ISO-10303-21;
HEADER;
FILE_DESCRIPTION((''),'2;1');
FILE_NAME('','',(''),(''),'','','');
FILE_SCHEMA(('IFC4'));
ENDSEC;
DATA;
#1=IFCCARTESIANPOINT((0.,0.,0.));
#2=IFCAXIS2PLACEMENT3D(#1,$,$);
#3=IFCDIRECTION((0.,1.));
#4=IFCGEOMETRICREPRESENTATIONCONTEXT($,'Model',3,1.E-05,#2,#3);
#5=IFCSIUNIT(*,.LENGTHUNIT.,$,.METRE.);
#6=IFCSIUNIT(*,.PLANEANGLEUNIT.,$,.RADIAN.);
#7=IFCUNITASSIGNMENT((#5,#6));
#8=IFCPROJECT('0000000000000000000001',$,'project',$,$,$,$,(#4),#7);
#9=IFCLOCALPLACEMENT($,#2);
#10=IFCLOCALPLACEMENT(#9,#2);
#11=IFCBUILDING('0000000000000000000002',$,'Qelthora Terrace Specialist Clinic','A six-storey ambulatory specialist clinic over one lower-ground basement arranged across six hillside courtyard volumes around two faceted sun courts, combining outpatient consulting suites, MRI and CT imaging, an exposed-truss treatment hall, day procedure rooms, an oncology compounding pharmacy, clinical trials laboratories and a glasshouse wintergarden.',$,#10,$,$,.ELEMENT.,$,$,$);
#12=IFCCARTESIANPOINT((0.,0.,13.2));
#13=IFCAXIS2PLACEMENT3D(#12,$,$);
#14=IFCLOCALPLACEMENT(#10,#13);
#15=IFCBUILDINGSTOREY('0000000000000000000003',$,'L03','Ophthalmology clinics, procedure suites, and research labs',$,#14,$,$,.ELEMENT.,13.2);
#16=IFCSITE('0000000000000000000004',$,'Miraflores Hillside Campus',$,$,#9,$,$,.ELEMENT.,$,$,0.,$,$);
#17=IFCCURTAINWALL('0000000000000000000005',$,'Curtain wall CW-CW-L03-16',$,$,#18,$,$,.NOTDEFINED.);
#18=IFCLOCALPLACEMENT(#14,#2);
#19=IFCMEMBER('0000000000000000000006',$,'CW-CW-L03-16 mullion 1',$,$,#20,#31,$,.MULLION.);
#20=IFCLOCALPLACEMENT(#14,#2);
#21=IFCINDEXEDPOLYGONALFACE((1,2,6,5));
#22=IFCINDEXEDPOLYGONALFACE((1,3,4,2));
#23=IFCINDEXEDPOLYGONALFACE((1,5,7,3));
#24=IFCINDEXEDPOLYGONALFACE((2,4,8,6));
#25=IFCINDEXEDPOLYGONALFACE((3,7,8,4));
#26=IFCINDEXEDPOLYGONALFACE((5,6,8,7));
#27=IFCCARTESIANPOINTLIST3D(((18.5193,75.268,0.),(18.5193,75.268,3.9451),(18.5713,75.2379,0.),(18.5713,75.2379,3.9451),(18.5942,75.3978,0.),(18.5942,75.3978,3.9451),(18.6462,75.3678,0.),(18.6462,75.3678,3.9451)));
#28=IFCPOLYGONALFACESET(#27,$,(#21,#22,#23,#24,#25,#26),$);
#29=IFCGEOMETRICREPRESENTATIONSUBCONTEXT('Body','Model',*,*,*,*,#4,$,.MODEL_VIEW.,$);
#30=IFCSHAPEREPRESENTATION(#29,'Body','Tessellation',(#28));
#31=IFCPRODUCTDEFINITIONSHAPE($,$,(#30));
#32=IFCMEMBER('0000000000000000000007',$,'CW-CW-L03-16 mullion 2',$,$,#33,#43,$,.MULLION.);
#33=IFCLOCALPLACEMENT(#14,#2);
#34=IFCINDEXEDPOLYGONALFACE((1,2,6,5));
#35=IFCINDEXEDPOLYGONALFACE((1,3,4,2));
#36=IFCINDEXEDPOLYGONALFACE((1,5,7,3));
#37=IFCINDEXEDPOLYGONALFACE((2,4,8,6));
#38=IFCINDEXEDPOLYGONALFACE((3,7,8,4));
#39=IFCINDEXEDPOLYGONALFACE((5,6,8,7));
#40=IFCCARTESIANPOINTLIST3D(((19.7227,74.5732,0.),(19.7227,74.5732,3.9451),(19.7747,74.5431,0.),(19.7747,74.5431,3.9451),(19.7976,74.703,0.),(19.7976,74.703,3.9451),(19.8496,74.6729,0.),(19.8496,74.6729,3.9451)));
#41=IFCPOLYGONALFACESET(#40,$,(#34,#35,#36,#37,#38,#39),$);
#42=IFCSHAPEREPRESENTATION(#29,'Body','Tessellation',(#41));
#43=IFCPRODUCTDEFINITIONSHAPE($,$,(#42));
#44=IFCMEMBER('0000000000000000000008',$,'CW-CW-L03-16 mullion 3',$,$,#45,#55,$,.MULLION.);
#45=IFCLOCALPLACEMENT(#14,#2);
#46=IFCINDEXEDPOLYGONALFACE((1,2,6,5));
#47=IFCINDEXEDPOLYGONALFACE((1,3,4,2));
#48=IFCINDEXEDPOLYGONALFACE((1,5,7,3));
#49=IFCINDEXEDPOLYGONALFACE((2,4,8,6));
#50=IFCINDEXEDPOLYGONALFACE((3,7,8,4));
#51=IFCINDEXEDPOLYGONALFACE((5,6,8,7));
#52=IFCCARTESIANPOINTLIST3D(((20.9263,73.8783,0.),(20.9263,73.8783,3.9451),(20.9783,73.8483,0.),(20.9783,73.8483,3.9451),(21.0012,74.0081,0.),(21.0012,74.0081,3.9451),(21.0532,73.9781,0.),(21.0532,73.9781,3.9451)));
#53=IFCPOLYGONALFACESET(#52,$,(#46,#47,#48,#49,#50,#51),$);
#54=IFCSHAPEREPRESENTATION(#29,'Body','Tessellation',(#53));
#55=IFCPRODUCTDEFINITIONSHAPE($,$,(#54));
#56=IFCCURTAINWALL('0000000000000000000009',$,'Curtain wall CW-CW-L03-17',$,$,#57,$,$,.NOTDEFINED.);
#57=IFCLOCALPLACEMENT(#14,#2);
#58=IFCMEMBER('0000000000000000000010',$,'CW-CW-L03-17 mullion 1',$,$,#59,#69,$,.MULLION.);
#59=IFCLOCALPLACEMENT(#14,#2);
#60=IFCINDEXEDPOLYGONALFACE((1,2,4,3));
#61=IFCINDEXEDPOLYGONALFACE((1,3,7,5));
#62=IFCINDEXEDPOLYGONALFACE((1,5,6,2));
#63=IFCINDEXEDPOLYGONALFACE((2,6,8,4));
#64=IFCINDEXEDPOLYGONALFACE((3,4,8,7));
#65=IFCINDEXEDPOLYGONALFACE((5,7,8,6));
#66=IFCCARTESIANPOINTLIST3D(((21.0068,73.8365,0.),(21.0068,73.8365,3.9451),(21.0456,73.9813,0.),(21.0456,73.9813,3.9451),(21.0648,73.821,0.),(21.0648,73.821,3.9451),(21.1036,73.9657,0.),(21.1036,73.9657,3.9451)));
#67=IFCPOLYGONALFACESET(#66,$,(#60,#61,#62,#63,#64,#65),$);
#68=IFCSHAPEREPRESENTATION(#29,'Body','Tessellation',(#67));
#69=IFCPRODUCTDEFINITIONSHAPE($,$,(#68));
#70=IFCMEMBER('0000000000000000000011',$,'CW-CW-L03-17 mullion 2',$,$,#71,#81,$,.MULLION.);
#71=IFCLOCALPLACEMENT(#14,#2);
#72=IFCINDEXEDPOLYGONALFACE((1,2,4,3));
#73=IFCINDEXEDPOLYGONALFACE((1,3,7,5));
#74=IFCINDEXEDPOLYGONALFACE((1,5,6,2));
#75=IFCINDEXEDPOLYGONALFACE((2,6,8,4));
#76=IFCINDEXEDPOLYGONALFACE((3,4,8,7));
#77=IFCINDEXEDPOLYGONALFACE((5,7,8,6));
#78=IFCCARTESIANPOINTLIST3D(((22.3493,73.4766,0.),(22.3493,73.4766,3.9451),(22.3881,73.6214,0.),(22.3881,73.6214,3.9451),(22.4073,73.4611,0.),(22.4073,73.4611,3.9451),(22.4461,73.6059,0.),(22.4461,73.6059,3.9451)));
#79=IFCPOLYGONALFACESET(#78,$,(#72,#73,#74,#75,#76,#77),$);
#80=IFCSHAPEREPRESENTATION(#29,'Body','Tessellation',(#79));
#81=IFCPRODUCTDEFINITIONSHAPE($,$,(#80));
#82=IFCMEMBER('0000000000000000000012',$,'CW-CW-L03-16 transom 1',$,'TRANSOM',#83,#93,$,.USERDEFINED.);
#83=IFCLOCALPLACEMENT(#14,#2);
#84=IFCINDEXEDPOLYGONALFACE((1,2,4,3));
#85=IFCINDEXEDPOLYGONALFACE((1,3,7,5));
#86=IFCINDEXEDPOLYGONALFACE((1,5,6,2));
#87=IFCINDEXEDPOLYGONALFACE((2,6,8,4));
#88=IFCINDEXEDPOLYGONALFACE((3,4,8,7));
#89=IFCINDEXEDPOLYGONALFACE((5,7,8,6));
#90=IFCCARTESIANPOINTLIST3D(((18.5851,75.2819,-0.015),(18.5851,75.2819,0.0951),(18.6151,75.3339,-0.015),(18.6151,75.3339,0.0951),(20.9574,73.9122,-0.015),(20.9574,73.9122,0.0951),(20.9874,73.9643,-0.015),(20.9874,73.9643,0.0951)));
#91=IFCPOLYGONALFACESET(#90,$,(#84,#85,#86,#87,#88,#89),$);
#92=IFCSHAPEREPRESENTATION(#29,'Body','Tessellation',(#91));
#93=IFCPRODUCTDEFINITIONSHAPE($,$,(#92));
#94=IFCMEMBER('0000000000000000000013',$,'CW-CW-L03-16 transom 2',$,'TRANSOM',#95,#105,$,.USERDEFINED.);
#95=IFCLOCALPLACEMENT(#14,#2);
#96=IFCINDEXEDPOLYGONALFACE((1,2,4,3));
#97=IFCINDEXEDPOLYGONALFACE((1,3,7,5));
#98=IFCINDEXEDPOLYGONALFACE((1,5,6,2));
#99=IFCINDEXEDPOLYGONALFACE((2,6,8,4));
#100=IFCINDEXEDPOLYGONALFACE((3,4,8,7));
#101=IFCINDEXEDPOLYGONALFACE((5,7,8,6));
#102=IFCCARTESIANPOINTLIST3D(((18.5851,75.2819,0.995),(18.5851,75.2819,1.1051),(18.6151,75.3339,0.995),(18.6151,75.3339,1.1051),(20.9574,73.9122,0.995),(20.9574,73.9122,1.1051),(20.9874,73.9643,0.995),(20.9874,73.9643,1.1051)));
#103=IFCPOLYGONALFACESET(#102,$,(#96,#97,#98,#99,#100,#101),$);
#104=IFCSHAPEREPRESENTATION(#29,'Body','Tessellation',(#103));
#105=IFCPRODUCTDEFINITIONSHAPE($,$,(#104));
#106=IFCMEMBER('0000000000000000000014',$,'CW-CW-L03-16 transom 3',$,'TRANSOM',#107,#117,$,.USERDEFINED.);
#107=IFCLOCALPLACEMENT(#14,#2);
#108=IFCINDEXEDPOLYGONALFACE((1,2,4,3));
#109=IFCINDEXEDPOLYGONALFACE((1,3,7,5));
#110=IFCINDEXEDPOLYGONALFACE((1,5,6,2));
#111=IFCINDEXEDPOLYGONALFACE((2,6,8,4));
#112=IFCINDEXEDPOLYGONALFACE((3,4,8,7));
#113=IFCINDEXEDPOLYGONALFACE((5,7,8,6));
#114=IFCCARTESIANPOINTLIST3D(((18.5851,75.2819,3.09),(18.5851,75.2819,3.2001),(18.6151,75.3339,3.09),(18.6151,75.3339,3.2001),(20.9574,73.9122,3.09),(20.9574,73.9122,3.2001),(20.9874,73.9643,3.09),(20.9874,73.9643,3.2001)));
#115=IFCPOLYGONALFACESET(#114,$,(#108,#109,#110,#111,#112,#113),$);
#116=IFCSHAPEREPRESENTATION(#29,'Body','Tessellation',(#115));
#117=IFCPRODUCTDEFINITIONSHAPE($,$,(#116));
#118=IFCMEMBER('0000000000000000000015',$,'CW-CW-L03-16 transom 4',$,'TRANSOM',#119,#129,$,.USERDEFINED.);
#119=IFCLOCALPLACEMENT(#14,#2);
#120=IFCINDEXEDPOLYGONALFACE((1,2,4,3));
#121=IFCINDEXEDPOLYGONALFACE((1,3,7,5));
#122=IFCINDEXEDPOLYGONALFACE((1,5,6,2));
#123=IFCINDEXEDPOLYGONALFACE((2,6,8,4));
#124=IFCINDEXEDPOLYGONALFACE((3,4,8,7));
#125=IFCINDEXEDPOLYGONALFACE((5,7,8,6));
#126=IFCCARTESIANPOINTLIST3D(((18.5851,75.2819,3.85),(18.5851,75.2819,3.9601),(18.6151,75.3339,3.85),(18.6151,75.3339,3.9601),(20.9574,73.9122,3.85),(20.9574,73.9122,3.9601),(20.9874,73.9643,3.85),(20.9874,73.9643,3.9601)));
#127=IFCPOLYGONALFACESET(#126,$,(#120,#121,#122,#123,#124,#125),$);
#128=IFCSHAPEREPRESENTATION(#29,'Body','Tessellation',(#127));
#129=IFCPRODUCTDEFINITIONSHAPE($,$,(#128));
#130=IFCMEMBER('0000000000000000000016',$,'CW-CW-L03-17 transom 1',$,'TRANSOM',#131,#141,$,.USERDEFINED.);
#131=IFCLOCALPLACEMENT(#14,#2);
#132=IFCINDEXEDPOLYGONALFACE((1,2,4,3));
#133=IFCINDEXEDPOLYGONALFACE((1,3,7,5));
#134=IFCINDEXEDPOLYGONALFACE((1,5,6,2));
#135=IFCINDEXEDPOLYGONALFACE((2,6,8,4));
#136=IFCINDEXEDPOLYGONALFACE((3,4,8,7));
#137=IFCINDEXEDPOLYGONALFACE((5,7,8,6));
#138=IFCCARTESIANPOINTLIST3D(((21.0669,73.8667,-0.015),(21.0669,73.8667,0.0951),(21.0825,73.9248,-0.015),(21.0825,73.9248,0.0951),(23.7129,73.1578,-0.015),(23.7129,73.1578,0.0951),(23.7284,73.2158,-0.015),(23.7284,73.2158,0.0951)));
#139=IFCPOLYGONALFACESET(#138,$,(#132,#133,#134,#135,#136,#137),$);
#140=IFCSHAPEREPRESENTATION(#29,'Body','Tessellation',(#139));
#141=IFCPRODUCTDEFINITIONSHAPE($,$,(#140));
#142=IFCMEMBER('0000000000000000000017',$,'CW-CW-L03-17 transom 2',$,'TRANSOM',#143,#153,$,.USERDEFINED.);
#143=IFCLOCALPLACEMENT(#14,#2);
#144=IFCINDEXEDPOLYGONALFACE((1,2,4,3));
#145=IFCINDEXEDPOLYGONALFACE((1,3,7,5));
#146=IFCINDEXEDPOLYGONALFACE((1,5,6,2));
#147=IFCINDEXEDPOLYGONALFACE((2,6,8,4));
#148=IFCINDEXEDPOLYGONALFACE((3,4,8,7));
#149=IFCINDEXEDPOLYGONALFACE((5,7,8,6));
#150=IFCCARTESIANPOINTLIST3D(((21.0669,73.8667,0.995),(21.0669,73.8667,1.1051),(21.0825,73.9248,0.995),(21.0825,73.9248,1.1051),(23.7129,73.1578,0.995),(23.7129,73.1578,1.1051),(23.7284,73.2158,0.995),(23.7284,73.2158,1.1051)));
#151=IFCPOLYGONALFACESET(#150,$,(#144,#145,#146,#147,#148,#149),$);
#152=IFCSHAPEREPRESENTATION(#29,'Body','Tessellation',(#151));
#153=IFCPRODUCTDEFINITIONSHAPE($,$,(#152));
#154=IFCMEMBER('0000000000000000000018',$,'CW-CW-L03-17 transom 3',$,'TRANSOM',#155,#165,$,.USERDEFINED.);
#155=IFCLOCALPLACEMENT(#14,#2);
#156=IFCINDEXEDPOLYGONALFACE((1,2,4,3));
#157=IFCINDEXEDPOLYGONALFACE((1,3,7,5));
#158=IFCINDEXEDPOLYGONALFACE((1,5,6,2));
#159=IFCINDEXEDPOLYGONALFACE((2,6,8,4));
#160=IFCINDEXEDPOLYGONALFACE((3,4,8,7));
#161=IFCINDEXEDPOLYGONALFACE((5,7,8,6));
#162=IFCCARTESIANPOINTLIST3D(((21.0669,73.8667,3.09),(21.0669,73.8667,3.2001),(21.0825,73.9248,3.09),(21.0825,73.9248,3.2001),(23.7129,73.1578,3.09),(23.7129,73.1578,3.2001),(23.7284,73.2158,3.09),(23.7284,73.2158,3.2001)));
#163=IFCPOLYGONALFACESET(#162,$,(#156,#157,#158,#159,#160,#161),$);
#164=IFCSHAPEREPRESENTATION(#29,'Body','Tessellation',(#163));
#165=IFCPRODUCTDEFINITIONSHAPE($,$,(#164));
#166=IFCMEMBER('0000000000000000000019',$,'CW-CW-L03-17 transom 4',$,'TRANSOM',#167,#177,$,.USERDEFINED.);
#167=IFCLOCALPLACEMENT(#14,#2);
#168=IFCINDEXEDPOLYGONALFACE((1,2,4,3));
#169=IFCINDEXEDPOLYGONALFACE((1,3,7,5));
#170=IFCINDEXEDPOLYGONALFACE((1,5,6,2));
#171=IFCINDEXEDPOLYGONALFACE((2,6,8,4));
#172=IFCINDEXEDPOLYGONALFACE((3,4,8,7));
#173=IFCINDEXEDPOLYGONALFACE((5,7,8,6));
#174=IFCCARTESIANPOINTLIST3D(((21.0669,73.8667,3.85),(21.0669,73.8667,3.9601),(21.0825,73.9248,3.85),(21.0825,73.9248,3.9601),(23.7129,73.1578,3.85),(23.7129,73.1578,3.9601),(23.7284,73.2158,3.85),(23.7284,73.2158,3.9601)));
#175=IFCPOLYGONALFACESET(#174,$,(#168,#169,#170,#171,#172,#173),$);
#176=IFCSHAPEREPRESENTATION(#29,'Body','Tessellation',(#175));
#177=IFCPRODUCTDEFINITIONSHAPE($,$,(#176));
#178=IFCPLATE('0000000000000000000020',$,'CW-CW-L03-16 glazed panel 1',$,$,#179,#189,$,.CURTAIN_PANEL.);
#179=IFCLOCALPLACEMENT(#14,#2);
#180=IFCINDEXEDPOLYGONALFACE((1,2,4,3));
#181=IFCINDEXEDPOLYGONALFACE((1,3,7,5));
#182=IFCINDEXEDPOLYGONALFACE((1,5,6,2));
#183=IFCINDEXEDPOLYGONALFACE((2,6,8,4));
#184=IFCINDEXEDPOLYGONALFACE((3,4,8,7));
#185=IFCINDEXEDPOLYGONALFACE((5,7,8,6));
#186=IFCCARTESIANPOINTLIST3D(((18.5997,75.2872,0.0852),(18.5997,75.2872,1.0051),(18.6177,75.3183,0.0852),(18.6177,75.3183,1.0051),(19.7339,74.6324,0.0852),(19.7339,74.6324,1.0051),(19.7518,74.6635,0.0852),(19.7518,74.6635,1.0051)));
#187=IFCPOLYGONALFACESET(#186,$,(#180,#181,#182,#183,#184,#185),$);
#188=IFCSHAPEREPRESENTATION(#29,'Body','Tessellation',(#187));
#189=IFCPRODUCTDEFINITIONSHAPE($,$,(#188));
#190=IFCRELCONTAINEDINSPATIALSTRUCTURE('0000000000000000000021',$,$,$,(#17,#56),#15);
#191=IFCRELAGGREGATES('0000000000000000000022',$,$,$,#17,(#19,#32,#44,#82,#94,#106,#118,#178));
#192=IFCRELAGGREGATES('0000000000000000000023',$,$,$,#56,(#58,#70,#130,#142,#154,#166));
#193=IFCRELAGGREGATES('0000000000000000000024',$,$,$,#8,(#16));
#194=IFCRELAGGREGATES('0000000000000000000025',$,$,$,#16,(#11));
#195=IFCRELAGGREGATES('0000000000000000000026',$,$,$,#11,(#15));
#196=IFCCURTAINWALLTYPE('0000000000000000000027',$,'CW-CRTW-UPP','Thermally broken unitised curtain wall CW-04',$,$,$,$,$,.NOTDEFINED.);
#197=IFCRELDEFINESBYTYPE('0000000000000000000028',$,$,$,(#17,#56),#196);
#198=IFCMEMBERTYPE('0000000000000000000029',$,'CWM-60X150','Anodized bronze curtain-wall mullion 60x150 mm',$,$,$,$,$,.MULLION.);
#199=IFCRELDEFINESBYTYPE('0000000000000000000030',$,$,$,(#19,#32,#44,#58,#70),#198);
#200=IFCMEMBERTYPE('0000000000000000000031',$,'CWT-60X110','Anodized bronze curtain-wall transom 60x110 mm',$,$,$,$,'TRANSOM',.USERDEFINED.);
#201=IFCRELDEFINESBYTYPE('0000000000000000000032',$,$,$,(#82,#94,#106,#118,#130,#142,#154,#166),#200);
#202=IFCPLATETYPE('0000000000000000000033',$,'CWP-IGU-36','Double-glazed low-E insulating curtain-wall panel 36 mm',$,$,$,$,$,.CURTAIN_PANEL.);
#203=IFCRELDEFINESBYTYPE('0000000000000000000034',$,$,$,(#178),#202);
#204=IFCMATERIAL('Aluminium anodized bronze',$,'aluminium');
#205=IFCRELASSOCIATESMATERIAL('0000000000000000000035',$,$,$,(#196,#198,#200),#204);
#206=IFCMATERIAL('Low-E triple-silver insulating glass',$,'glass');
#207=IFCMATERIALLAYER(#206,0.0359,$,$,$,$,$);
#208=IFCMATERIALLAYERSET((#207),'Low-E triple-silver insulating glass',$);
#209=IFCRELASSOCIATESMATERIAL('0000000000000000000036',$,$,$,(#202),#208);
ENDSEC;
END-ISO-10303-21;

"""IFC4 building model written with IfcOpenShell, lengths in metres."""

from ifc_helpers import new_model, si_unit, direction, frame, origin, origin_2d, place, context, subcontext, project, spatial, rectangle, extrude, material, layer, layer_set, material_profile, profile_set, type_object, element, aggregate, save


model = new_model("IFC4")

# Units and contexts
model_context = context("Model", 3, precision=1e-05, world=origin(), true_north=direction((0.0, 1.0)))
body_context = subcontext(model_context, "Body", "Model", "MODEL_VIEW")
ifc_project = project(units=[si_unit("LENGTHUNIT", "METRE"), si_unit("PLANEANGLEUNIT", "RADIAN")], contexts=[model_context])

# Site, building, storey
site_placement = place(None, origin())
site = spatial("IfcSite", under=ifc_project, at=site_placement, Name="Miraflores Hillside Campus", CompositionType="ELEMENT", RefElevation=0.0)
building_placement = place(site_placement, origin())
building = spatial("IfcBuilding", under=site, at=building_placement, Name="Qelthora Terrace Specialist Clinic", Description="A six-storey ambulatory specialist clinic over one lower-ground basement arranged across six hillside courtyard volumes around two faceted sun courts, combining outpatient consulting suites, MRI and CT imaging, an exposed-truss treatment hall, day procedure rooms, an oncology compounding pharmacy, clinical trials laboratories and a glasshouse wintergarden.", CompositionType="ELEMENT")
storey_placement = place(building_placement, frame((0.0, 0.0, 13.2)))
storey = spatial("IfcBuildingStorey", under=building, at=storey_placement, Name="L03", Description="Ophthalmology clinics, procedure suites, and research labs", CompositionType="ELEMENT", Elevation=13.2)

# Curtain walls, members
ifc_material_1 = material(Name="Aluminium anodized bronze", Category="aluminium")
curtain_wall_type = type_object("IfcCurtainWallType", Name="CW-CRTW-UPP", Description="Thermally broken unitised curtain wall CW-04", PredefinedType="NOTDEFINED", material=ifc_material_1)
curtain_wall_1_placement = place(storey_placement, origin())
curtain_wall_1 = element("IfcCurtainWall", 1, at=curtain_wall_1_placement, inside=storey, type_object=curtain_wall_type, Name="Curtain wall CW-CW-L03-16", PredefinedType="NOTDEFINED")
ifc_material_profile_1 = material_profile(ifc_material_1, rectangle(XDim=0.0601, YDim=0.1499, at=origin_2d()), Name="CWM60X150")
ifc_profile_set_1 = profile_set([ifc_material_profile_1], Name="Aluminium anodized bronze")
member_type_1 = type_object("IfcMemberType", Name="CWM-60X150", Description="Anodized bronze curtain-wall mullion 60x150 mm", PredefinedType="MULLION", material=ifc_profile_set_1)
member_1_placement = place(storey_placement, frame((18.5828, 75.3179, 0.0), z_axis=(0.0, 0.0, 1.0), x_axis=(0.866026, -0.5, 0.0)))
member_1 = element("IfcMember", 2, at=member_1_placement, type_object=member_type_1, Name="CW-CW-L03-16 mullion 1", PredefinedType="MULLION", context=body_context, shape_type="SweptSolid", body=[
    extrude(rectangle(XDim=0.0601, YDim=0.1499, at=origin_2d()), origin(), (0.0, 0.0, 1.0), 3.9451),
])
member_2_placement = place(storey_placement, frame((19.7861, 74.623, 0.0), z_axis=(0.0, 0.0, 1.0), x_axis=(0.866026, -0.5, 0.0)))
member_2 = element("IfcMember", 3, at=member_2_placement, type_object=member_type_1, Name="CW-CW-L03-16 mullion 2", PredefinedType="MULLION", context=body_context, shape_type="SweptSolid", body=[
    extrude(rectangle(XDim=0.0601, YDim=0.1499, at=origin_2d()), origin(), (0.0, 0.0, 1.0), 3.9451),
])
member_3_placement = place(storey_placement, frame((20.9897, 73.9282, 0.0), z_axis=(0.0, 0.0, 1.0), x_axis=(0.866026, -0.5, 0.0)))
member_3 = element("IfcMember", 4, at=member_3_placement, type_object=member_type_1, Name="CW-CW-L03-16 mullion 3", PredefinedType="MULLION", context=body_context, shape_type="SweptSolid", body=[
    extrude(rectangle(XDim=0.0601, YDim=0.1499, at=origin_2d()), origin(), (0.0, 0.0, 1.0), 3.9451),
])
curtain_wall_2_placement = place(storey_placement, origin())
curtain_wall_2 = element("IfcCurtainWall", 5, at=curtain_wall_2_placement, inside=storey, type_object=curtain_wall_type, Name="Curtain wall CW-CW-L03-17", PredefinedType="NOTDEFINED")
member_4_placement = place(storey_placement, frame((21.0552, 73.9011, 0.0), z_axis=(0.0, 0.0, 1.0), x_axis=(0.965925, -0.25882, 0.0)))
member_4 = element("IfcMember", 6, at=member_4_placement, type_object=member_type_1, Name="CW-CW-L03-17 mullion 1", PredefinedType="MULLION", context=body_context, shape_type="SweptSolid", body=[
    extrude(rectangle(XDim=0.0601, YDim=0.1499, at=origin_2d()), origin(), (0.0, 0.0, 1.0), 3.9451),
])
member_5_placement = place(storey_placement, frame((22.3977, 73.5413, 0.0), z_axis=(0.0, 0.0, 1.0), x_axis=(0.965925, -0.25882, 0.0)))
member_5 = element("IfcMember", 7, at=member_5_placement, type_object=member_type_1, Name="CW-CW-L03-17 mullion 2", PredefinedType="MULLION", context=body_context, shape_type="SweptSolid", body=[
    extrude(rectangle(XDim=0.0601, YDim=0.1499, at=origin_2d()), origin(), (0.0, 0.0, 1.0), 3.9451),
])

# Members
ifc_material_profile_2 = material_profile(ifc_material_1, rectangle(XDim=0.0601, YDim=0.1101, at=origin_2d()), Name="CWT60X110")
ifc_profile_set_2 = profile_set([ifc_material_profile_2], Name="Aluminium anodized bronze")
member_type_2 = type_object("IfcMemberType", Name="CWT-60X110", Description="Anodized bronze curtain-wall transom 60x110 mm", ElementType="TRANSOM", PredefinedType="USERDEFINED", material=ifc_profile_set_2)
member_6_placement = place(storey_placement, frame((18.6001, 75.3079, 0.04), z_axis=(0.86603, -0.499992, 0.0), x_axis=(0.499992, 0.86603, 0.0)))
member_6 = element("IfcMember", 8, at=member_6_placement, type_object=member_type_2, Name="CW-CW-L03-16 transom 1", ObjectType="TRANSOM", PredefinedType="USERDEFINED", context=body_context, shape_type="SweptSolid", body=[
    extrude(rectangle(XDim=0.0601, YDim=0.1101, at=origin_2d()), origin(), (0.0, 0.0, 1.0), 2.7393),
])
member_7_placement = place(storey_placement, frame((18.6001, 75.3079, 1.05), z_axis=(0.86603, -0.499992, 0.0), x_axis=(0.499992, 0.86603, 0.0)))
member_7 = element("IfcMember", 9, at=member_7_placement, type_object=member_type_2, Name="CW-CW-L03-16 transom 2", ObjectType="TRANSOM", PredefinedType="USERDEFINED", context=body_context, shape_type="SweptSolid", body=[
    extrude(rectangle(XDim=0.0601, YDim=0.1101, at=origin_2d()), origin(), (0.0, 0.0, 1.0), 2.7393),
])
member_8_placement = place(storey_placement, frame((18.6001, 75.3079, 3.145), z_axis=(0.86603, -0.499992, 0.0), x_axis=(0.499992, 0.86603, 0.0)))
member_8 = element("IfcMember", 10, at=member_8_placement, type_object=member_type_2, Name="CW-CW-L03-16 transom 3", ObjectType="TRANSOM", PredefinedType="USERDEFINED", context=body_context, shape_type="SweptSolid", body=[
    extrude(rectangle(XDim=0.0601, YDim=0.1101, at=origin_2d()), origin(), (0.0, 0.0, 1.0), 2.7393),
])
member_9_placement = place(storey_placement, frame((18.6001, 75.3079, 3.905), z_axis=(0.86603, -0.499992, 0.0), x_axis=(0.499992, 0.86603, 0.0)))
member_9 = element("IfcMember", 11, at=member_9_placement, type_object=member_type_2, Name="CW-CW-L03-16 transom 4", ObjectType="TRANSOM", PredefinedType="USERDEFINED", context=body_context, shape_type="SweptSolid", body=[
    extrude(rectangle(XDim=0.0601, YDim=0.1101, at=origin_2d()), origin(), (0.0, 0.0, 1.0), 2.7393),
])
member_10_placement = place(storey_placement, frame((21.0747, 73.8958, 0.04), z_axis=(0.965927, -0.258816, 0.0), x_axis=(0.258816, 0.965927, 0.0)))
member_10 = element("IfcMember", 12, at=member_10_placement, type_object=member_type_2, Name="CW-CW-L03-17 transom 1", ObjectType="TRANSOM", PredefinedType="USERDEFINED", context=body_context, shape_type="SweptSolid", body=[
    extrude(rectangle(XDim=0.0601, YDim=0.1101, at=origin_2d()), origin(), (0.0, 0.0, 1.0), 2.7393),
])
member_11_placement = place(storey_placement, frame((21.0747, 73.8958, 1.05), z_axis=(0.965927, -0.258816, 0.0), x_axis=(0.258816, 0.965927, 0.0)))
member_11 = element("IfcMember", 13, at=member_11_placement, type_object=member_type_2, Name="CW-CW-L03-17 transom 2", ObjectType="TRANSOM", PredefinedType="USERDEFINED", context=body_context, shape_type="SweptSolid", body=[
    extrude(rectangle(XDim=0.0601, YDim=0.1101, at=origin_2d()), origin(), (0.0, 0.0, 1.0), 2.7393),
])
member_12_placement = place(storey_placement, frame((21.0747, 73.8958, 3.145), z_axis=(0.965927, -0.258816, 0.0), x_axis=(0.258816, 0.965927, 0.0)))
member_12 = element("IfcMember", 14, at=member_12_placement, type_object=member_type_2, Name="CW-CW-L03-17 transom 3", ObjectType="TRANSOM", PredefinedType="USERDEFINED", context=body_context, shape_type="SweptSolid", body=[
    extrude(rectangle(XDim=0.0601, YDim=0.1101, at=origin_2d()), origin(), (0.0, 0.0, 1.0), 2.7393),
])
member_13_placement = place(storey_placement, frame((21.0747, 73.8958, 3.905), z_axis=(0.965927, -0.258816, 0.0), x_axis=(0.258816, 0.965927, 0.0)))
member_13 = element("IfcMember", 15, at=member_13_placement, type_object=member_type_2, Name="CW-CW-L03-17 transom 4", ObjectType="TRANSOM", PredefinedType="USERDEFINED", context=body_context, shape_type="SweptSolid", body=[
    extrude(rectangle(XDim=0.0601, YDim=0.1101, at=origin_2d()), origin(), (0.0, 0.0, 1.0), 2.7393),
])

# Plate
ifc_material_2 = material(Name="Low-E triple-silver insulating glass", Category="glass")
ifc_layer = layer(ifc_material_2, 0.0359)
ifc_layer_set = layer_set([ifc_layer], Name="Low-E triple-silver insulating glass")
plate_type = type_object("IfcPlateType", Name="CWP-IGU-36", Description="Double-glazed low-E insulating curtain-wall panel 36 mm", PredefinedType="CURTAIN_PANEL", material=ifc_layer_set)
plate_1_placement = place(storey_placement, frame((19.1758, 74.9753, 0.0852), z_axis=(0.0, 0.0, 1.0), x_axis=(0.866025, -0.5, 0.0)))
plate_1 = element("IfcPlate", 16, at=plate_1_placement, type_object=plate_type, Name="CW-CW-L03-16 glazed panel 1", PredefinedType="CURTAIN_PANEL", context=body_context, shape_type="SweptSolid", body=[
    extrude(rectangle(XDim=1.3096, YDim=0.0359, at=origin_2d()), origin(), (0.0, 0.0, 1.0), 0.9199),
])
aggregate(curtain_wall_1, [member_1, member_2, member_3, member_6, member_7, member_8, member_9, plate_1])
aggregate(curtain_wall_2, [member_4, member_5, member_10, member_11, member_12, member_13])

save(model, "model.ifc")
